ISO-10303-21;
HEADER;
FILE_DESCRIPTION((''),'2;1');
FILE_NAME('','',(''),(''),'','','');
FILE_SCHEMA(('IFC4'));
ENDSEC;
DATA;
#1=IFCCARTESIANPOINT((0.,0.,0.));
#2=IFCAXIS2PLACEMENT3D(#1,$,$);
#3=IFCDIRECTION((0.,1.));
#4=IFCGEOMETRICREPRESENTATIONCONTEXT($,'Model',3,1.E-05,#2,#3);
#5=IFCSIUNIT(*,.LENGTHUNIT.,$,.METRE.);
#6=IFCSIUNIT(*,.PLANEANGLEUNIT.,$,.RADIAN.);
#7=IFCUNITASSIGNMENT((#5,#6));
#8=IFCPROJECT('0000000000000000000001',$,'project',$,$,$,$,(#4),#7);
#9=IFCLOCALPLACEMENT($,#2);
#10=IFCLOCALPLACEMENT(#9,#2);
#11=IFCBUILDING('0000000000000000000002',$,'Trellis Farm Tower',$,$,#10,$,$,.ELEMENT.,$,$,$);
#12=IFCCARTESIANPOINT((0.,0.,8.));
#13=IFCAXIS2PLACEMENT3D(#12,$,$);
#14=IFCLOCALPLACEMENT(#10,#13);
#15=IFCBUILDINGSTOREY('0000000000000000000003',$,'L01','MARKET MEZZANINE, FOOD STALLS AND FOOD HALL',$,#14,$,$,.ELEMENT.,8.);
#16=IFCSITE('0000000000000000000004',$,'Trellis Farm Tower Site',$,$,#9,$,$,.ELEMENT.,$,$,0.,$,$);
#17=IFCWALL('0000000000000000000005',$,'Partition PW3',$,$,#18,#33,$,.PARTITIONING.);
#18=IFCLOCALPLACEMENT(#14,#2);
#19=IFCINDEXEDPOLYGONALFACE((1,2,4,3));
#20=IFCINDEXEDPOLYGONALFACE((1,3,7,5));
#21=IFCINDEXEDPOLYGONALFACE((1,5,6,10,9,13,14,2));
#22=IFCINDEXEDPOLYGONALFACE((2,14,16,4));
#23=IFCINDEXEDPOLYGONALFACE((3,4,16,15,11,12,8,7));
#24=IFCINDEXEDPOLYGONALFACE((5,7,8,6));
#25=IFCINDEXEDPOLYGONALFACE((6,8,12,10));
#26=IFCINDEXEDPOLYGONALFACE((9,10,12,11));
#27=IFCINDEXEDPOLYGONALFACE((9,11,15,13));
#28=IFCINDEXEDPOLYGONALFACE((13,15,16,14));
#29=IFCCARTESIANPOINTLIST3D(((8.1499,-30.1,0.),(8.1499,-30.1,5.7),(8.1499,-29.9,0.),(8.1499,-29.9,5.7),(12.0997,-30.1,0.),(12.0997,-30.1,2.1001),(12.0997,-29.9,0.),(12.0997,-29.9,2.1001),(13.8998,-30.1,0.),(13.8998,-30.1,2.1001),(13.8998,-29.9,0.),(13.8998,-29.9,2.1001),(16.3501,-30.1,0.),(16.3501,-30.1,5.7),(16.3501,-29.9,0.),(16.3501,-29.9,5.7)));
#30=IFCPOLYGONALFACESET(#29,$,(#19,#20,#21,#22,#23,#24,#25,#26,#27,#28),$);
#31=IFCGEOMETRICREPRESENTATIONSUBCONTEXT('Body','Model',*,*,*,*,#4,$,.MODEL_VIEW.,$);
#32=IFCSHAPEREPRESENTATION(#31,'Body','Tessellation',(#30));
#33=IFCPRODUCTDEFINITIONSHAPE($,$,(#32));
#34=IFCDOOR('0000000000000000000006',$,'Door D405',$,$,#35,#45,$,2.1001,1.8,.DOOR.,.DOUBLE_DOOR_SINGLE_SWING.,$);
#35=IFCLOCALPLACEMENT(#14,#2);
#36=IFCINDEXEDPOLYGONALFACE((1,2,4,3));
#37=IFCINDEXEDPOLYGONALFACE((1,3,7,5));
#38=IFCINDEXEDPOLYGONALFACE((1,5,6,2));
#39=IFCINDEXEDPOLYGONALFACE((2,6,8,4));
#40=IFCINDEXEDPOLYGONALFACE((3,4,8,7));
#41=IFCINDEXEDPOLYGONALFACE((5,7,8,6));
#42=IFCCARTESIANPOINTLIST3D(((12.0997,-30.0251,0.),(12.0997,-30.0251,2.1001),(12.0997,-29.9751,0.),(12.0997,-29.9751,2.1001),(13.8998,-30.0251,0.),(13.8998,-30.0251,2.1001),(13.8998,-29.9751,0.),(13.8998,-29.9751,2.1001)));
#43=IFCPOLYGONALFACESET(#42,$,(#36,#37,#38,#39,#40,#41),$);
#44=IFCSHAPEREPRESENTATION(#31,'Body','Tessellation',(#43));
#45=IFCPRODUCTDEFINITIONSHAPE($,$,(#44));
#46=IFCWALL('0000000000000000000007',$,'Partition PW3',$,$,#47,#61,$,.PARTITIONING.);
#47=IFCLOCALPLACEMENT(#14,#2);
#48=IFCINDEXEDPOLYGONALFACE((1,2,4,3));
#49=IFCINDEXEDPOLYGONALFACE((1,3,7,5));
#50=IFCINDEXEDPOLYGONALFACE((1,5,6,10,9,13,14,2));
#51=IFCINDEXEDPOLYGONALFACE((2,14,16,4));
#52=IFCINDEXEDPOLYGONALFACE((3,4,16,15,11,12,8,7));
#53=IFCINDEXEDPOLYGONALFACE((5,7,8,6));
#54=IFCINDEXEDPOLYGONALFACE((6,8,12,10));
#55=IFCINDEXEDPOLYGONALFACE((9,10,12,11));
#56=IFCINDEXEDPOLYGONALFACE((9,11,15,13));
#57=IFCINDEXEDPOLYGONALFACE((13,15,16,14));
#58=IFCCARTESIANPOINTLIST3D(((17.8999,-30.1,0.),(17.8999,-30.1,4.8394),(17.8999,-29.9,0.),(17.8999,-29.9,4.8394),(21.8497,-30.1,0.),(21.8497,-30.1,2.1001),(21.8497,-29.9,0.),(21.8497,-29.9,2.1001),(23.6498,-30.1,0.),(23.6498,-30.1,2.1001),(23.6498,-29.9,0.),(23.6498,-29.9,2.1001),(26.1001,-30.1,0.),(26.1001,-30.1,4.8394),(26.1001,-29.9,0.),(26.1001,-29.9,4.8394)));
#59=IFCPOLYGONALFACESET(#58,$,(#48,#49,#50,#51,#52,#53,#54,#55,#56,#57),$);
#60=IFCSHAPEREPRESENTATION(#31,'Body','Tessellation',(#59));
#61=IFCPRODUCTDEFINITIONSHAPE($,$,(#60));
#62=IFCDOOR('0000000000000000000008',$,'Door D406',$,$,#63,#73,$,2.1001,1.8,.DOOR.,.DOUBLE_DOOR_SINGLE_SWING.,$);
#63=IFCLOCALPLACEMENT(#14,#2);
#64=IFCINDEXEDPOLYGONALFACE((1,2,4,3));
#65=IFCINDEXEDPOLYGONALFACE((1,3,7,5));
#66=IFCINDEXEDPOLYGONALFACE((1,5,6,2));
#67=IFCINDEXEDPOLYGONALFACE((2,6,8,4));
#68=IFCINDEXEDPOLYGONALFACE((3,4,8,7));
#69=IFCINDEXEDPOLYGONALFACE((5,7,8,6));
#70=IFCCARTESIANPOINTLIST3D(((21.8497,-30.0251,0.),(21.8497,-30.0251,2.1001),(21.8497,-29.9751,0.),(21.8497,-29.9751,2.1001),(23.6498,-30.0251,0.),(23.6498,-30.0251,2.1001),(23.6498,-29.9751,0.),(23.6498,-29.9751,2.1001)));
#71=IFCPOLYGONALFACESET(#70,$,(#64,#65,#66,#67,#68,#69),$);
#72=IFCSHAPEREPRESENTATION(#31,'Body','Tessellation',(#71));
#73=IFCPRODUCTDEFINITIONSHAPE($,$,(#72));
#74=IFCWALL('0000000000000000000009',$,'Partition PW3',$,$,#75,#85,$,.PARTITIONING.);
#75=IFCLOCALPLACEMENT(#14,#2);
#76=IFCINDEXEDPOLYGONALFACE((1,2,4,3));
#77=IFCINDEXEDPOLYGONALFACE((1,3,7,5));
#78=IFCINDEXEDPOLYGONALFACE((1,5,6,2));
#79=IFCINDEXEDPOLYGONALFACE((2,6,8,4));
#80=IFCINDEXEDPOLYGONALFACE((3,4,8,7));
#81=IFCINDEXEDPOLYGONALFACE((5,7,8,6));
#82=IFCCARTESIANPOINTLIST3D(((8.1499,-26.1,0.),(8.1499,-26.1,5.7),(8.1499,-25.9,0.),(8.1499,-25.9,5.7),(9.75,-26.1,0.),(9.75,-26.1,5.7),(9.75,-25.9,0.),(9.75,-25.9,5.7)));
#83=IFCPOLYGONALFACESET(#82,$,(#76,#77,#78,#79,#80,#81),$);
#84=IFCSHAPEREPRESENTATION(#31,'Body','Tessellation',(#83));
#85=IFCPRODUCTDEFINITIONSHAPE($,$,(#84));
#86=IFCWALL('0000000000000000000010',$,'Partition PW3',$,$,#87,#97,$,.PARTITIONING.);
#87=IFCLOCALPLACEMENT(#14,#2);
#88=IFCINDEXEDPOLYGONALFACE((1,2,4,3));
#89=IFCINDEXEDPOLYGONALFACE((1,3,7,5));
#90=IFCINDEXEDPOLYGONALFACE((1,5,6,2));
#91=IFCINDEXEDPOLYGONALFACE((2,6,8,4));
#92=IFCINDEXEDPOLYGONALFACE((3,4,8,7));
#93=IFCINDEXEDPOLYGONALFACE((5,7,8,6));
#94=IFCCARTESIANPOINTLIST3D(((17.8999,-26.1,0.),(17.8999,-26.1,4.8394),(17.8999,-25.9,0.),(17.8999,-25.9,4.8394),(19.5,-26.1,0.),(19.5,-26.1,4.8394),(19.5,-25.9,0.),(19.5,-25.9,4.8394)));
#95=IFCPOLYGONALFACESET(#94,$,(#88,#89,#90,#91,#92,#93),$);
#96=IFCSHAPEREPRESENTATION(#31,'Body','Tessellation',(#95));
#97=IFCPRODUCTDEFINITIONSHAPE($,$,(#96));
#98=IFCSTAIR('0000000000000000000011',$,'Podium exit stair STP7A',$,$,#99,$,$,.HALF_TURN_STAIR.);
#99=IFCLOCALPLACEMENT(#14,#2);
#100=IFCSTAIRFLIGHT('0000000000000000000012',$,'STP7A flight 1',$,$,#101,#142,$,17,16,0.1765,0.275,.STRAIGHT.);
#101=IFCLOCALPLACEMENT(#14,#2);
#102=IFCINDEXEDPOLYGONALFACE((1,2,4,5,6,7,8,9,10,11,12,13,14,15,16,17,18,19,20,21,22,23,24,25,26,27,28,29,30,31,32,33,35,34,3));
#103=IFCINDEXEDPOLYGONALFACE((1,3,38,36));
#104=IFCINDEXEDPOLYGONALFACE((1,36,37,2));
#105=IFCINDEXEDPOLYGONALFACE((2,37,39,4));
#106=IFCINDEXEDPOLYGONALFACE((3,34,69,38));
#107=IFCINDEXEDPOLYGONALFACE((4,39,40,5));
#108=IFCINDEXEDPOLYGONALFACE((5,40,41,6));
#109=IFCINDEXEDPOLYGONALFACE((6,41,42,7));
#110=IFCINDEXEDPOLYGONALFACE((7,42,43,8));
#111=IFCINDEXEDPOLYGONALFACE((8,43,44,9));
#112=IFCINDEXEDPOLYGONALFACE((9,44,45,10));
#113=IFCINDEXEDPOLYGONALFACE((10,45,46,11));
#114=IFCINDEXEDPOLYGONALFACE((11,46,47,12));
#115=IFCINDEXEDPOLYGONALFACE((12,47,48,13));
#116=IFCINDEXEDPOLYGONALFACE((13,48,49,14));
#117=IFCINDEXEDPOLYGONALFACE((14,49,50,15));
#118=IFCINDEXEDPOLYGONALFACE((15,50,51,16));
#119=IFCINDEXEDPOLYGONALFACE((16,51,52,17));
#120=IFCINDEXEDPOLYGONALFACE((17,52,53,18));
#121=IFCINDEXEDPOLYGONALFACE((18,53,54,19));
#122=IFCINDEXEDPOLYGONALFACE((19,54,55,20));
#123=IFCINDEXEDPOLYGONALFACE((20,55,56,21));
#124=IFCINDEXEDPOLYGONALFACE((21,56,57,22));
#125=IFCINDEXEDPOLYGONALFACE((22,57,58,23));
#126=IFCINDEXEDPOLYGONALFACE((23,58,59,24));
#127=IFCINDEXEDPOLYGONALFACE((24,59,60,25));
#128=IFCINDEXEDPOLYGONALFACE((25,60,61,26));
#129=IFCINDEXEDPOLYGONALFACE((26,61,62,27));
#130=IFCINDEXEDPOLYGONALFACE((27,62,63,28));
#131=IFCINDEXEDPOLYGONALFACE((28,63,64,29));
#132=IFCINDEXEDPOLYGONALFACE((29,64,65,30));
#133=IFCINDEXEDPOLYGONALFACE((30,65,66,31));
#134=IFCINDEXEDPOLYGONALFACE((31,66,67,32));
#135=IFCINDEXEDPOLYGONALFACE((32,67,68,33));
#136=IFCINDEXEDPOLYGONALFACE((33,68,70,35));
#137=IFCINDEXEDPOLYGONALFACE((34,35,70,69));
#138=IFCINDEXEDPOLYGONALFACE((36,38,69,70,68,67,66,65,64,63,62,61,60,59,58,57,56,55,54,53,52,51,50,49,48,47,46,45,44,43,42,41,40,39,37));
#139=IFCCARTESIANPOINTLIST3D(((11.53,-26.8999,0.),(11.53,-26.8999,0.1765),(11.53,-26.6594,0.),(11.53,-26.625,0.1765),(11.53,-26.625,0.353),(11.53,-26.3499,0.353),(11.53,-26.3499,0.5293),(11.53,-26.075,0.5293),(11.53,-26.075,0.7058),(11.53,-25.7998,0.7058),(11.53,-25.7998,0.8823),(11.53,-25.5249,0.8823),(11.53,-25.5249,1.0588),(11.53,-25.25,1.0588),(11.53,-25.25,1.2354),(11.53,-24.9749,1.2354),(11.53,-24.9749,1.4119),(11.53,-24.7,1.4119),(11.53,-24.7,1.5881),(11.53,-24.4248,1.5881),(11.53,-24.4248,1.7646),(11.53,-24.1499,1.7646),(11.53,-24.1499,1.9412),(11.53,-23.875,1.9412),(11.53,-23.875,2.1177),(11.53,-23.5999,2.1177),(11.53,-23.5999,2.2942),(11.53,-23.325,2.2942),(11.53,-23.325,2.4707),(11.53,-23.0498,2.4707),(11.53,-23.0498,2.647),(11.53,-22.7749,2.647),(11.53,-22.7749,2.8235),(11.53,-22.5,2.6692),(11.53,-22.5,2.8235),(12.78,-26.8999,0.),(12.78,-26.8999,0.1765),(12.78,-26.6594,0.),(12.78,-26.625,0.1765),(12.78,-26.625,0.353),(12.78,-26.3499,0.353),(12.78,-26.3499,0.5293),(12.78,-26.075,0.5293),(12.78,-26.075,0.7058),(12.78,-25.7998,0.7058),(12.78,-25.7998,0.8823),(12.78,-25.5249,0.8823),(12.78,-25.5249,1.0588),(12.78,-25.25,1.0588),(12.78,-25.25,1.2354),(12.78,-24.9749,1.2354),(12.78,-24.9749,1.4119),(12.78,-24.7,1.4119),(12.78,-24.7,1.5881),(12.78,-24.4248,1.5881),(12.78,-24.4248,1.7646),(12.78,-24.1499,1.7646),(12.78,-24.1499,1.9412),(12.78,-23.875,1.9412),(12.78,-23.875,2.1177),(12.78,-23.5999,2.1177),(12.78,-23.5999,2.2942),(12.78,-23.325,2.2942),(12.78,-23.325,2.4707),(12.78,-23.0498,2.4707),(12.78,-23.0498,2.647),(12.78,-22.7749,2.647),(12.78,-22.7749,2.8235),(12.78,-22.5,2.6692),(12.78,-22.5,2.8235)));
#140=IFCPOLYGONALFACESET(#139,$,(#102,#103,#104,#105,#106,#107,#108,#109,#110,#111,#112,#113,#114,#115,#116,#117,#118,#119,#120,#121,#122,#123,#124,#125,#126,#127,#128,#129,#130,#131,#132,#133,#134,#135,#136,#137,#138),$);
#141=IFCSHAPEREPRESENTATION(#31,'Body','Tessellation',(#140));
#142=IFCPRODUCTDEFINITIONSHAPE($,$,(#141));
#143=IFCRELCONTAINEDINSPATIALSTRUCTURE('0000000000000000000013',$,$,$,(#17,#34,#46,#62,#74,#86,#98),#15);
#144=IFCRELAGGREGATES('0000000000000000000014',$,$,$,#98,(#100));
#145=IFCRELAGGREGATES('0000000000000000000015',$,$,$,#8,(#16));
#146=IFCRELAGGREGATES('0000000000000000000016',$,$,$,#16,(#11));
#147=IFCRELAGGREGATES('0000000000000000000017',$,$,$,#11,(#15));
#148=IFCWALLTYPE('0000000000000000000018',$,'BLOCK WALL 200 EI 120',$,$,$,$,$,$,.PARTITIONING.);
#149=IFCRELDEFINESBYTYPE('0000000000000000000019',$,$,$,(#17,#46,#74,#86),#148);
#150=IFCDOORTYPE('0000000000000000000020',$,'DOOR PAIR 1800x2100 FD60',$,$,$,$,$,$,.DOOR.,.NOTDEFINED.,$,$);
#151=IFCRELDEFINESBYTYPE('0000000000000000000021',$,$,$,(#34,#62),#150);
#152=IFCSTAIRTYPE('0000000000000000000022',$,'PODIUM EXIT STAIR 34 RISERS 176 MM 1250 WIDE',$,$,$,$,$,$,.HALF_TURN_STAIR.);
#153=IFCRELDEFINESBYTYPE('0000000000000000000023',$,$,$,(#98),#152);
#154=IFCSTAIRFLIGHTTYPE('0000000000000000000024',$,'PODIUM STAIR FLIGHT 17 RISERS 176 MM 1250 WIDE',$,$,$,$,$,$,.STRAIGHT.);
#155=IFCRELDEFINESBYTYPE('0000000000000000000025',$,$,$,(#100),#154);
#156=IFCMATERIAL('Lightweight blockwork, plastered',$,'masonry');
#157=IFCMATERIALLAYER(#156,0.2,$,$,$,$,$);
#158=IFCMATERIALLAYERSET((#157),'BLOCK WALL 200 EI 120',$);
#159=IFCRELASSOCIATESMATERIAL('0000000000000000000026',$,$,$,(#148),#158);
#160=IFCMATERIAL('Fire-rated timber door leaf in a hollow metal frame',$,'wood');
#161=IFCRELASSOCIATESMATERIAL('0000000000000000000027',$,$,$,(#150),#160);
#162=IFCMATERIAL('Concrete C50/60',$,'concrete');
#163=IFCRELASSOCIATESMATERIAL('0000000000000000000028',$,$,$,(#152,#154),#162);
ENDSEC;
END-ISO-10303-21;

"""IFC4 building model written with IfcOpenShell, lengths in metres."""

from ifc_helpers import new_model, si_unit, direction, frame, frame_2d, origin, place, context, subcontext, project, spatial, polyline, rectangle, outline, extrude, source, transform, mapped, material, layer, layer_set, type_object, element, fill, aggregate, save


model = new_model("IFC4")

# Units and contexts
model_context = context("Model", 3, precision=1e-05, world=origin(), true_north=direction((0.0, 1.0)))
body_context = subcontext(model_context, "Body", "Model", "MODEL_VIEW")
ifc_project = project(units=[si_unit("LENGTHUNIT", "METRE"), si_unit("PLANEANGLEUNIT", "RADIAN")], contexts=[model_context])

# Site, building, storey
site_placement = place(None, origin())
site = spatial("IfcSite", under=ifc_project, at=site_placement, Name="Trellis Farm Tower Site", CompositionType="ELEMENT", RefElevation=0.0)
building_placement = place(site_placement, origin())
building = spatial("IfcBuilding", under=site, at=building_placement, Name="Trellis Farm Tower", CompositionType="ELEMENT")
storey_placement = place(building_placement, frame((0.0, 0.0, 8.0)))
storey = spatial("IfcBuildingStorey", under=building, at=storey_placement, Name="L01", Description="MARKET MEZZANINE, FOOD STALLS AND FOOD HALL", CompositionType="ELEMENT", Elevation=8.0)

# Shared definitions
shared_shape_1 = source(origin(), body_context, "Body", "SweptSolid", [
    extrude(rectangle(XDim=1.8, YDim=2.1001, at=frame_2d((0.8999, 1.05))), frame((0.0, 0.0249, 0.0), z_axis=(0.0, -1.0, 0.0), x_axis=(1.0, 0.0, 0.0)), (0.0, 0.0, 1.0), 0.05),
])

# Shared definitions
ifc_material_1 = material(Name="Lightweight blockwork, plastered", Category="masonry")
ifc_layer_1 = layer(ifc_material_1, 0.2)
ifc_layer_set_1 = layer_set([ifc_layer_1], Name="BLOCK WALL 200 EI 120")
wall_type_1 = type_object("IfcWallType", Name="BLOCK WALL 200 EI 120", PredefinedType="PARTITIONING", material=ifc_layer_set_1)

# Walls, openings, doors
shared_shape_2 = source(origin(), body_context, "Body", "SweptSolid", [
    extrude(rectangle(XDim=8.2002, YDim=0.2, at=frame_2d((4.1001, 0.0))), origin(), (0.0, 0.0, 1.0), 5.7),
])
wall_1_placement = place(storey_placement, frame((8.1499, -30.0, 0.0), z_axis=(0.0, 0.0, 1.0), x_axis=(1.0, 0.0, 0.0)))
wall_1 = element("IfcWall", 1, at=wall_1_placement, inside=storey, type_object=wall_type_1, Name="Partition PW3", PredefinedType="PARTITIONING", context=body_context, shape_type="MappedRepresentation", body=[
    mapped(shared_shape_2, transform((0.0, 0.0, 0.0))),
])
shared_shape_3 = source(origin(), body_context, "Body", "SweptSolid", [
    extrude(rectangle(XDim=1.8, YDim=2.1001, at=frame_2d((0.8999, 1.05))), frame((0.0, 0.1101, 0.0), z_axis=(0.0, -1.0, 0.0), x_axis=(1.0, 0.0, 0.0)), (0.0, 0.0, 1.0), 0.2202),
])
opening_1_placement = place(wall_1_placement, frame((3.95, 0.0, 0.0)))
opening_1 = element("IfcOpeningElement", 2, at=opening_1_placement, cuts=wall_1, PredefinedType="OPENING", context=body_context, shape_type="MappedRepresentation", body=[
    mapped(shared_shape_3, transform((0.0, 0.0, 0.0))),
])
ifc_material_2 = material(Name="Fire-rated timber door leaf in a hollow metal frame", Category="wood")
door_type_1 = type_object("IfcDoorType", Name="DOOR PAIR 1800x2100 FD60", OperationType="NOTDEFINED", PredefinedType="DOOR", material=ifc_material_2)
door_1_placement = place(opening_1_placement, origin())
door_1 = element("IfcDoor", 3, at=door_1_placement, inside=storey, type_object=door_type_1, Name="Door D405", OperationType="DOUBLE_DOOR_SINGLE_SWING", OverallHeight=2.1001, OverallWidth=1.8, PredefinedType="DOOR", context=body_context, shape_type="MappedRepresentation", body=[
    mapped(shared_shape_1, transform((0.0, 0.0, 0.0))),
])
fill(opening_1, door_1)
shared_shape_4 = source(origin(), body_context, "Body", "SweptSolid", [
    extrude(rectangle(XDim=8.2002, YDim=0.2, at=frame_2d((4.1001, 0.0))), origin(), (0.0, 0.0, 1.0), 4.8394),
])
wall_2_placement = place(storey_placement, frame((17.8999, -30.0, 0.0), z_axis=(0.0, 0.0, 1.0), x_axis=(1.0, 0.0, 0.0)))
wall_2 = element("IfcWall", 4, at=wall_2_placement, inside=storey, type_object=wall_type_1, Name="Partition PW3", PredefinedType="PARTITIONING", context=body_context, shape_type="MappedRepresentation", body=[
    mapped(shared_shape_4, transform((0.0, 0.0, 0.0))),
])
opening_2_placement = place(wall_2_placement, frame((3.95, 0.0, 0.0)))
opening_2 = element("IfcOpeningElement", 5, at=opening_2_placement, cuts=wall_2, PredefinedType="OPENING", context=body_context, shape_type="MappedRepresentation", body=[
    mapped(shared_shape_3, transform((0.0, 0.0, 0.0))),
])
door_2_placement = place(opening_2_placement, origin())
door_2 = element("IfcDoor", 6, at=door_2_placement, inside=storey, type_object=door_type_1, Name="Door D406", OperationType="DOUBLE_DOOR_SINGLE_SWING", OverallHeight=2.1001, OverallWidth=1.8, PredefinedType="DOOR", context=body_context, shape_type="MappedRepresentation", body=[
    mapped(shared_shape_1, transform((0.0, 0.0, 0.0))),
])
fill(opening_2, door_2)

# Walls
shared_shape_5 = source(origin(), body_context, "Body", "SweptSolid", [
    extrude(rectangle(XDim=1.6001, YDim=0.2, at=frame_2d((0.8, 0.0))), origin(), (0.0, 0.0, 1.0), 5.7),
])
wall_3_placement = place(storey_placement, frame((8.1499, -26.0, 0.0), z_axis=(0.0, 0.0, 1.0), x_axis=(1.0, 0.0, 0.0)))
element("IfcWall", 7, at=wall_3_placement, inside=storey, type_object=wall_type_1, Name="Partition PW3", PredefinedType="PARTITIONING", context=body_context, shape_type="MappedRepresentation", body=[
    mapped(shared_shape_5, transform((0.0, 0.0, 0.0))),
])
shared_shape_6 = source(origin(), body_context, "Body", "SweptSolid", [
    extrude(rectangle(XDim=1.6001, YDim=0.2, at=frame_2d((0.8, 0.0))), origin(), (0.0, 0.0, 1.0), 4.8394),
])
wall_4_placement = place(storey_placement, frame((17.8999, -26.0, 0.0), z_axis=(0.0, 0.0, 1.0), x_axis=(1.0, 0.0, 0.0)))
element("IfcWall", 8, at=wall_4_placement, inside=storey, type_object=wall_type_1, Name="Partition PW3", PredefinedType="PARTITIONING", context=body_context, shape_type="MappedRepresentation", body=[
    mapped(shared_shape_6, transform((0.0, 0.0, 0.0))),
])

# Stair, stair flight
ifc_material_3 = material(Name="Concrete C50/60", Category="concrete")
stair_type = type_object("IfcStairType", Name="PODIUM EXIT STAIR 34 RISERS 176 MM 1250 WIDE", PredefinedType="HALF_TURN_STAIR", material=ifc_material_3)
placement = place(storey_placement, origin())
stair_1 = element("IfcStair", 9, at=placement, inside=storey, type_object=stair_type, Name="Podium exit stair STP7A", PredefinedType="HALF_TURN_STAIR")
stair_flight_type = type_object("IfcStairFlightType", Name="PODIUM STAIR FLIGHT 17 RISERS 176 MM 1250 WIDE", PredefinedType="STRAIGHT", material=ifc_material_3)
shared_shape_7 = source(origin(), body_context, "Body", "SweptSolid", [
    extrude(outline(polyline([(0.0, 0.0), (0.0, 0.1765), (0.2749, 0.1765), (0.2749, 0.353), (0.55, 0.353), (0.55, 0.5293), (0.825, 0.5293), (0.825, 0.7058), (1.1001, 0.7058), (1.1001, 0.8823), (1.375, 0.8823), (1.375, 1.0588), (1.6499, 1.0588), (1.6499, 1.2354), (1.925, 1.2354), (1.925, 1.4119), (2.2, 1.4119), (2.2, 1.5881), (2.4751, 1.5881), (2.4751, 1.7646), (2.75, 1.7646), (2.75, 1.9412), (3.0249, 1.9412), (3.0249, 2.1177), (3.3, 2.1177), (3.3, 2.2942), (3.575, 2.2942), (3.575, 2.4707), (3.8501, 2.4707), (3.8501, 2.647), (4.125, 2.647), (4.125, 2.8235), (4.3999, 2.8235), (4.3999, 3.0), (4.3999, 2.6692), (0.2405, 0.0), (0.0, 0.0)])), frame((0.0, 0.625, 0.0), z_axis=(0.0, -1.0, 0.0), x_axis=(1.0, 0.0, 0.0)), (0.0, 0.0, 1.0), 1.25),
])
stair_flight_1_placement = place(storey_placement, frame((12.155, -26.8999, 0.0), z_axis=(0.0, 0.0, 1.0), x_axis=(0.0, 1.0, 0.0)))
stair_flight_1 = element("IfcStairFlight", 10, at=stair_flight_1_placement, type_object=stair_flight_type, Name="STP7A flight 1", NumberOfRisers=17, NumberOfTreads=16, PredefinedType="STRAIGHT", RiserHeight=0.1765, TreadLength=0.275, context=body_context, shape_type="MappedRepresentation", body=[
    mapped(shared_shape_7, transform((0.0, 0.0, 0.0))),
])
aggregate(stair_1, [stair_flight_1])

save(model, "model.ifc")
